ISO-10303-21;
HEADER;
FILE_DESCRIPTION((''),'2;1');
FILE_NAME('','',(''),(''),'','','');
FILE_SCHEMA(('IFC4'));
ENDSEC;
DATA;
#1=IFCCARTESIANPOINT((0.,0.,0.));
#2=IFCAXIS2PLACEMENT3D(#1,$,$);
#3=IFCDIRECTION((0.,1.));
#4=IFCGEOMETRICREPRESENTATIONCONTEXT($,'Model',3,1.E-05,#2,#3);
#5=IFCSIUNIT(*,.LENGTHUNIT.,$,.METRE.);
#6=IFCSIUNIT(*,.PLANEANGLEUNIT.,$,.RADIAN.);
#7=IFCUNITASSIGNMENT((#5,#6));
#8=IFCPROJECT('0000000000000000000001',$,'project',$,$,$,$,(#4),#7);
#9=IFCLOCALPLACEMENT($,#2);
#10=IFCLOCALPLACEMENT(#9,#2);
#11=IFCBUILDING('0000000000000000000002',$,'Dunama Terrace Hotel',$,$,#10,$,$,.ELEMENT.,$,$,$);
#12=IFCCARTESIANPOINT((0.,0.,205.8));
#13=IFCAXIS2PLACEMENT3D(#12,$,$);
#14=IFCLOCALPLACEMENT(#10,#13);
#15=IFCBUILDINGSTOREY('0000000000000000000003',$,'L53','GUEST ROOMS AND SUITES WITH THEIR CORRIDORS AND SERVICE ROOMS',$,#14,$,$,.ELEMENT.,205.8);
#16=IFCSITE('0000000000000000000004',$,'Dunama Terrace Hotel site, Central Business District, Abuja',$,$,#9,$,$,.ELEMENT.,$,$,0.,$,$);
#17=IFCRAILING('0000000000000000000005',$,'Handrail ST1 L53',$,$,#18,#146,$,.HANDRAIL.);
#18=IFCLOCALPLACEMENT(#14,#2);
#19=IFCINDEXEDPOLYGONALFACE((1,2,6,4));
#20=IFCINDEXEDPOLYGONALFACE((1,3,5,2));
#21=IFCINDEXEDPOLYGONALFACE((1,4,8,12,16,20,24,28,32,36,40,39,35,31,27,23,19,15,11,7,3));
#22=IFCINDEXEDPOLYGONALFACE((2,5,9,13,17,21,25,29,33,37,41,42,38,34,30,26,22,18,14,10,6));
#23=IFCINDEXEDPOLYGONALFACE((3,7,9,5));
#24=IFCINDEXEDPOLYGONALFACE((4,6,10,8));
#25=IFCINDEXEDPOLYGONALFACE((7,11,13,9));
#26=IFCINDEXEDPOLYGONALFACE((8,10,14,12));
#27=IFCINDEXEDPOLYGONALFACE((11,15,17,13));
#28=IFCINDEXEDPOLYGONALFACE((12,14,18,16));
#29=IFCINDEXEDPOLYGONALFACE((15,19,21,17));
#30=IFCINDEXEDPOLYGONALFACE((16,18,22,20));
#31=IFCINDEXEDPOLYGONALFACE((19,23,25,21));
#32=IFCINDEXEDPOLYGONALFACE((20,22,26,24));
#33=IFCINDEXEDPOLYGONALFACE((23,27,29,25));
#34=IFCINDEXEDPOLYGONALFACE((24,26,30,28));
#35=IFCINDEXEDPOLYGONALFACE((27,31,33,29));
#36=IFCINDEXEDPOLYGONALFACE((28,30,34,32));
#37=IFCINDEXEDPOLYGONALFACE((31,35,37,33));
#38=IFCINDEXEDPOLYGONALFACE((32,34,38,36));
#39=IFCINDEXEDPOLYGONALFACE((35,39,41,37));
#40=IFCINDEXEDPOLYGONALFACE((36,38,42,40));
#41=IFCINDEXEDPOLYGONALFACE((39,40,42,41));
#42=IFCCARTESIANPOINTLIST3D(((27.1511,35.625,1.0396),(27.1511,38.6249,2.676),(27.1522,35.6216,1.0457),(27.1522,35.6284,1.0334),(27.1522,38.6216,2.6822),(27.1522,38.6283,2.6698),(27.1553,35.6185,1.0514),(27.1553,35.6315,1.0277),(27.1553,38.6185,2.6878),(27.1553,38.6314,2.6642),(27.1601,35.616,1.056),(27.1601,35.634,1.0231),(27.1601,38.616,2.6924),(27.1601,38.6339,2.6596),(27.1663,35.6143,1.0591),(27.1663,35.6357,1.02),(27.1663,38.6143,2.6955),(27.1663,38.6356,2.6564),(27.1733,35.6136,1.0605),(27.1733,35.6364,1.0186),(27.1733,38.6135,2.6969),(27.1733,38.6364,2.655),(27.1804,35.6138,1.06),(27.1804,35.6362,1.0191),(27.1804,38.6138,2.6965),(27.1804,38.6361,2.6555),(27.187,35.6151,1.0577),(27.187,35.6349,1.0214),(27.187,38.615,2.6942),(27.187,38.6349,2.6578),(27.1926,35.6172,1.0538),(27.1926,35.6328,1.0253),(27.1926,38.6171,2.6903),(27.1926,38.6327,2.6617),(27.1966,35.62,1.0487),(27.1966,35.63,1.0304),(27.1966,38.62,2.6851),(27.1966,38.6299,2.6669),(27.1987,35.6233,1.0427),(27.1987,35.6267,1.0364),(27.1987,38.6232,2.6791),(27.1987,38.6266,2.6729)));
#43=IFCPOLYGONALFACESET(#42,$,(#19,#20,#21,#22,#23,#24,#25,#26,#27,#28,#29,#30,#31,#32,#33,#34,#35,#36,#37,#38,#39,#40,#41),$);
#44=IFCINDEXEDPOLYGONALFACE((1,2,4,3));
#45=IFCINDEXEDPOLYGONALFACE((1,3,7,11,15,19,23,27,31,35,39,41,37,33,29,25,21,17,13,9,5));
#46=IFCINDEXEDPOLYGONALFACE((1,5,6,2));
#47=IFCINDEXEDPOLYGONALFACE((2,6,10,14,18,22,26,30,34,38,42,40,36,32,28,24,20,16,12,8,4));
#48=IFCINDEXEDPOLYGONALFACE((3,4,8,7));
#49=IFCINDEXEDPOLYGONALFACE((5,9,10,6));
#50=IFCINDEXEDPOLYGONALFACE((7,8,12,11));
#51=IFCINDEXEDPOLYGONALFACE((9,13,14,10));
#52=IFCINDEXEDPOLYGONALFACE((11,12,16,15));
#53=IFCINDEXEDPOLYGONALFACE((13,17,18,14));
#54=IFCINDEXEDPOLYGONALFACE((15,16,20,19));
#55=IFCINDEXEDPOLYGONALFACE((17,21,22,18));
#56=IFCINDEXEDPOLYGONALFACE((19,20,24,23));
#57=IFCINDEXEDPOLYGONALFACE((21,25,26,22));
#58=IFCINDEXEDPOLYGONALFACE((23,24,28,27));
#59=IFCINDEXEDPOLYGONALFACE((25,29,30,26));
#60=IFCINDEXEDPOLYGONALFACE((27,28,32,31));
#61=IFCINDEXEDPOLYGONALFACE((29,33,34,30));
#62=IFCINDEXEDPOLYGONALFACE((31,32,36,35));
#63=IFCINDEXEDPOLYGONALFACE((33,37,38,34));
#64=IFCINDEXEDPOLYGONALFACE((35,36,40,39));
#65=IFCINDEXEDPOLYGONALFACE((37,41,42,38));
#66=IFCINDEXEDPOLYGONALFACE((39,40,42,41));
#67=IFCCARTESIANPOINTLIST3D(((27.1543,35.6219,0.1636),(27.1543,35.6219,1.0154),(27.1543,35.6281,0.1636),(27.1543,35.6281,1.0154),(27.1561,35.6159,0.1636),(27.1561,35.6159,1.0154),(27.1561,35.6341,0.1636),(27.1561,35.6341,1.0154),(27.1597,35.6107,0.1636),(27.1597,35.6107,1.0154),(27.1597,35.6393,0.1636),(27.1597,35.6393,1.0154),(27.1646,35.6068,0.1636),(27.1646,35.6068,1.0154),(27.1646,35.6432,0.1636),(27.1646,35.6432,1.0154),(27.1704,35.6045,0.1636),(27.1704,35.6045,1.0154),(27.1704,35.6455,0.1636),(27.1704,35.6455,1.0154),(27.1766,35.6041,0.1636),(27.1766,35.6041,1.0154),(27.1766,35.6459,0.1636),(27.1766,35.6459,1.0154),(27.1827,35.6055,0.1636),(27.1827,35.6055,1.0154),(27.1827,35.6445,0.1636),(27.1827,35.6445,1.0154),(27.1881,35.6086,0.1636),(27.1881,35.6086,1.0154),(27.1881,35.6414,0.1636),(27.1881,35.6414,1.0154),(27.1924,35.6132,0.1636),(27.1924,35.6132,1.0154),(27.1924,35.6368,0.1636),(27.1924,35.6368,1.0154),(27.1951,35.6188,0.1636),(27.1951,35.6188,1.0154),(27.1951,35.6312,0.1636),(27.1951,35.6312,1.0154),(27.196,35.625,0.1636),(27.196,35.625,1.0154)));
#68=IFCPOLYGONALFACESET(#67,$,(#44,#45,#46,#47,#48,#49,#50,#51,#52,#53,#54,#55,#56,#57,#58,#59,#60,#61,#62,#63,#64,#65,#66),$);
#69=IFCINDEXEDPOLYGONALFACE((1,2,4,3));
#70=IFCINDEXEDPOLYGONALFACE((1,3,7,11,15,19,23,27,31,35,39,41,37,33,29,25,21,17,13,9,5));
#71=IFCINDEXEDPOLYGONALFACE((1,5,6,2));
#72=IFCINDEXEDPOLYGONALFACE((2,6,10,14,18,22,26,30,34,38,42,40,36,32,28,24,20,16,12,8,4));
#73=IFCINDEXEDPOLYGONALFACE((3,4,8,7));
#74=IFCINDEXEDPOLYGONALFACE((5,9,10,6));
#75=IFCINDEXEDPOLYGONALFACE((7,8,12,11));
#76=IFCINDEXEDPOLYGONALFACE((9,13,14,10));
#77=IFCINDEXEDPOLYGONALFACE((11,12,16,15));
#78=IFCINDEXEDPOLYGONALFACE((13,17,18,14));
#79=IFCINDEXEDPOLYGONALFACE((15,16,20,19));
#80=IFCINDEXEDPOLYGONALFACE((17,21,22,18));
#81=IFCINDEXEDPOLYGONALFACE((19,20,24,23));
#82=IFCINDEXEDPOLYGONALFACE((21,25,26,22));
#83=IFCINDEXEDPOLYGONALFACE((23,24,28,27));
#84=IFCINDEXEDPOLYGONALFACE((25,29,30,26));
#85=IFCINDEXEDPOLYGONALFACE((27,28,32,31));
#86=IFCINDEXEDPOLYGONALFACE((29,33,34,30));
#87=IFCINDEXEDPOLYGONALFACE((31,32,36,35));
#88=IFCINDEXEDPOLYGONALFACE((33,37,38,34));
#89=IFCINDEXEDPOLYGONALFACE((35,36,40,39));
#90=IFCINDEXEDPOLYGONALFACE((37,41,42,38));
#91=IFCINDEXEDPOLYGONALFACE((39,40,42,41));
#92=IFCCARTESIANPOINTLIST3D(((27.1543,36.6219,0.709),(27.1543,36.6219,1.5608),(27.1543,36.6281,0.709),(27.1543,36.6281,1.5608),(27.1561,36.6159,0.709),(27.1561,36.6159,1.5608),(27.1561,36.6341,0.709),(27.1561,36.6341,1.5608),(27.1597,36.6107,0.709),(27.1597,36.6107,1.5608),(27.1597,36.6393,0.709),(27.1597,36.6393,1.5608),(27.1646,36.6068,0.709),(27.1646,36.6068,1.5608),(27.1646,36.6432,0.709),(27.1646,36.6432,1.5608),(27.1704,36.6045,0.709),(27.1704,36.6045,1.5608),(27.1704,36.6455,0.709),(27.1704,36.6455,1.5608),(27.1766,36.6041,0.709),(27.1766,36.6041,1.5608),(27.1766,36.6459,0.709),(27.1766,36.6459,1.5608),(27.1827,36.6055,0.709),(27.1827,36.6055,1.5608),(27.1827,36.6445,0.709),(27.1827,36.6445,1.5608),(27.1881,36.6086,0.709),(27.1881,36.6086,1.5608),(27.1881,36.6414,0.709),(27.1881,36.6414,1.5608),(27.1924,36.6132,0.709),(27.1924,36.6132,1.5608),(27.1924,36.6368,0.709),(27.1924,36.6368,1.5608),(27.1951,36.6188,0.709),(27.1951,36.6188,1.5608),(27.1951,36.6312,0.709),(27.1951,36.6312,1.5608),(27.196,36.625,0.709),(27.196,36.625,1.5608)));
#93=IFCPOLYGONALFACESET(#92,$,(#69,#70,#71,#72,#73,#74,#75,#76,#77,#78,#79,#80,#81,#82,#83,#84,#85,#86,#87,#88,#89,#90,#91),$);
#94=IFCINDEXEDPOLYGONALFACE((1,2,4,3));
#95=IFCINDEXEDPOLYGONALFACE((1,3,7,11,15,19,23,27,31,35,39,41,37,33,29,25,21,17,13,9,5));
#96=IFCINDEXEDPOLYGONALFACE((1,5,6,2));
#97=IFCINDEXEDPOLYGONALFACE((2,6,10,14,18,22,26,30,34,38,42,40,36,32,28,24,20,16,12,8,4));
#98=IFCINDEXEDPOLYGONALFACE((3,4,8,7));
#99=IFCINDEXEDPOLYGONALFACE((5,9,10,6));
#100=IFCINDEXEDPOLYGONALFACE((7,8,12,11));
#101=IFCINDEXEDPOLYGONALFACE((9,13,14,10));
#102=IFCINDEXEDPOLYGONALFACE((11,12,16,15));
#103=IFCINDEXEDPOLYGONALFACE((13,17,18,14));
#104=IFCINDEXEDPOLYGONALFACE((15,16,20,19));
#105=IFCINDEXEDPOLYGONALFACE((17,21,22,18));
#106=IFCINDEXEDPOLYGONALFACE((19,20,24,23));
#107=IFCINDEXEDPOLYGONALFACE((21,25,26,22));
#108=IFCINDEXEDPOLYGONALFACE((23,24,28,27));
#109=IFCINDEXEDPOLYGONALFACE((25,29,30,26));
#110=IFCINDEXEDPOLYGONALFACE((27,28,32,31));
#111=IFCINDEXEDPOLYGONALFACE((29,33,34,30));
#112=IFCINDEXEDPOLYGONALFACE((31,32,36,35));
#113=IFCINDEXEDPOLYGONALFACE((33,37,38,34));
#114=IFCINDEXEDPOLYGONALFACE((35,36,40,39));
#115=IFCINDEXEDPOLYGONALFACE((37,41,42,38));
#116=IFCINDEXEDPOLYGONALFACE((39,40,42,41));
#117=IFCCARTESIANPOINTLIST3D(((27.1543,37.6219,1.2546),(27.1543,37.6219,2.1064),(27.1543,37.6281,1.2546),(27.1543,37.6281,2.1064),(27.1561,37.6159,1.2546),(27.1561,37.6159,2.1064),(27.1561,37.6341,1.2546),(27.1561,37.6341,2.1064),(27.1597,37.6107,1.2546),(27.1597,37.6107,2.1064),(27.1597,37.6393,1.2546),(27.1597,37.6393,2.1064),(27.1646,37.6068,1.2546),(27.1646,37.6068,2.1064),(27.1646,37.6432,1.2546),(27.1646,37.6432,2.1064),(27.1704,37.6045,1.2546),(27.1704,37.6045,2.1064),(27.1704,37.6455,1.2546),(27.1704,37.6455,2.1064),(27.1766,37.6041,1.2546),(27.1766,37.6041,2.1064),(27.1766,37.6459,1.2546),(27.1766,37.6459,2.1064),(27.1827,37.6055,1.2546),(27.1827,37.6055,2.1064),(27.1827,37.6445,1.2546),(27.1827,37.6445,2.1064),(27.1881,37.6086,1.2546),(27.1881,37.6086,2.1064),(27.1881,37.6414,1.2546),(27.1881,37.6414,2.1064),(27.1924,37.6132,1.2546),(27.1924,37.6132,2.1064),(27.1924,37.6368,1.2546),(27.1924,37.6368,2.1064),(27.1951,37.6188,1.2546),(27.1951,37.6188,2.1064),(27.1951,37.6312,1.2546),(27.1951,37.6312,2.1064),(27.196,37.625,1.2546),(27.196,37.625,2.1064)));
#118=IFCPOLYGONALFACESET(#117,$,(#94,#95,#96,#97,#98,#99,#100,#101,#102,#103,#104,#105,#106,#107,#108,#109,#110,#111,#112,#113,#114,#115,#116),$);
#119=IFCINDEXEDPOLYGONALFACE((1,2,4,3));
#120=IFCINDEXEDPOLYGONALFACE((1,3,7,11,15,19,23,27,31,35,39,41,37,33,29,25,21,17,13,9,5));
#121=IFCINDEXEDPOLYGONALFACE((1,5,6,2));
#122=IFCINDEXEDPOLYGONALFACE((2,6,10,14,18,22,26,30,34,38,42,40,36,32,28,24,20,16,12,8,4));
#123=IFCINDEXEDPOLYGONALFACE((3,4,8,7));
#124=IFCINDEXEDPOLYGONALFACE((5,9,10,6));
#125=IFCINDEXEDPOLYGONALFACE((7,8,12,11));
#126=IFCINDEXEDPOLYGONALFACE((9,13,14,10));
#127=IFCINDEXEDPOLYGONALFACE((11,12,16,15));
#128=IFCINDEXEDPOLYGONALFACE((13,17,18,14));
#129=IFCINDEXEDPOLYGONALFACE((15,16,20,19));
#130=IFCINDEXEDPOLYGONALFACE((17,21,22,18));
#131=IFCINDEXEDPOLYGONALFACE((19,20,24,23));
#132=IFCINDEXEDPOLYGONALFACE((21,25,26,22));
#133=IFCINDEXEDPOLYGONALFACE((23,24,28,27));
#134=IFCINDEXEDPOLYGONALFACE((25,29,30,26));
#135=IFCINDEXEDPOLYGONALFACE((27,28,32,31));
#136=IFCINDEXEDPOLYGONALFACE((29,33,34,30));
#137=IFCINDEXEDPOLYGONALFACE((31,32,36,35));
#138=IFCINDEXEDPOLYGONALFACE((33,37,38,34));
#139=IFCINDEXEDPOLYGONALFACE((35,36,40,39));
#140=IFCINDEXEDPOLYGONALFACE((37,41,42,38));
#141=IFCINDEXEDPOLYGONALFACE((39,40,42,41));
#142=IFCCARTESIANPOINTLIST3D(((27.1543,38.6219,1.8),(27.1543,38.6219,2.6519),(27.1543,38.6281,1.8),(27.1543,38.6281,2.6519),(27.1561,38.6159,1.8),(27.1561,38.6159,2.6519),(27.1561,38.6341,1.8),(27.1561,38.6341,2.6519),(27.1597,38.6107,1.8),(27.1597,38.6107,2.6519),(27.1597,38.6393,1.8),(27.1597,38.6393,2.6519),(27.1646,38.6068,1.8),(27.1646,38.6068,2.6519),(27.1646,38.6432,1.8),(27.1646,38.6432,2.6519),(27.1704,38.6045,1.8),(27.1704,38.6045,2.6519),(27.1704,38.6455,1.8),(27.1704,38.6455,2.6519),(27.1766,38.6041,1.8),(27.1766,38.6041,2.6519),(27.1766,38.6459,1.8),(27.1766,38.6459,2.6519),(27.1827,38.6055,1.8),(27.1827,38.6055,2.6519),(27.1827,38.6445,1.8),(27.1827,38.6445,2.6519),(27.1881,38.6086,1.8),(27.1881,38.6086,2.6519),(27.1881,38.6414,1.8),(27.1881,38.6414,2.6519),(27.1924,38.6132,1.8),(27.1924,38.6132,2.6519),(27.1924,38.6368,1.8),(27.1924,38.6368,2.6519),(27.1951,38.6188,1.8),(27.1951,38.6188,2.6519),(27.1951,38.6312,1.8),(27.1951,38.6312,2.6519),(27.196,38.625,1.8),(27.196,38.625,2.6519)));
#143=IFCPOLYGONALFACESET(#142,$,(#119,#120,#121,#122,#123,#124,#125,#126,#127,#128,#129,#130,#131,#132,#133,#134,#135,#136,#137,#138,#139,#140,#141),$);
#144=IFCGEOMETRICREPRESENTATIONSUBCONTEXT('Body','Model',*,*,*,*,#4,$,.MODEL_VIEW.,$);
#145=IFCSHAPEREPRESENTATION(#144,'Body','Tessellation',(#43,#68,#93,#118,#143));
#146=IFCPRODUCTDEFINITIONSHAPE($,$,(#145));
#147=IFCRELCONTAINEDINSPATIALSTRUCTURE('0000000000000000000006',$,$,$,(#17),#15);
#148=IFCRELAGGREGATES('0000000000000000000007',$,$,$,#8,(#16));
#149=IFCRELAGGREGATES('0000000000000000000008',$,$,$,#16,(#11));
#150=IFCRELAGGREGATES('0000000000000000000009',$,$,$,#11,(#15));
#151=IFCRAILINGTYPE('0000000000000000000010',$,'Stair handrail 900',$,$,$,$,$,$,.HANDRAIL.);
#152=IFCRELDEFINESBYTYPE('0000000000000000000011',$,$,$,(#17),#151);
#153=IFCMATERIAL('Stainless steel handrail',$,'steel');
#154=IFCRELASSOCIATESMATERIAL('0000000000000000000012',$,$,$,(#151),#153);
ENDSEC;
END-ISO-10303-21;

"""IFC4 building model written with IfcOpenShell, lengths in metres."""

from ifc_helpers import new_model, si_unit, direction, frame, origin, origin_2d, place, context, subcontext, project, spatial, circle, extrude, material, type_object, element, save


model = new_model("IFC4")

# Units and contexts
model_context = context("Model", 3, precision=1e-05, world=origin(), true_north=direction((0.0, 1.0)))
body_context = subcontext(model_context, "Body", "Model", "MODEL_VIEW")
ifc_project = project(units=[si_unit("LENGTHUNIT", "METRE"), si_unit("PLANEANGLEUNIT", "RADIAN")], contexts=[model_context])

# Site, building, storey
site_placement = place(None, origin())
site = spatial("IfcSite", under=ifc_project, at=site_placement, Name="Dunama Terrace Hotel site, Central Business District, Abuja", CompositionType="ELEMENT", RefElevation=0.0)
building_placement = place(site_placement, origin())
building = spatial("IfcBuilding", under=site, at=building_placement, Name="Dunama Terrace Hotel", CompositionType="ELEMENT")
storey_placement = place(building_placement, frame((0.0, 0.0, 205.8)))
storey = spatial("IfcBuildingStorey", under=building, at=storey_placement, Name="L53", Description="GUEST ROOMS AND SUITES WITH THEIR CORRIDORS AND SERVICE ROOMS", CompositionType="ELEMENT", Elevation=205.8)

# Railing
ifc_material_1 = material(Name="Stainless steel handrail", Category="steel")
railing_type = type_object("IfcRailingType", Name="Stair handrail 900", PredefinedType="HANDRAIL", material=ifc_material_1)
railing_1_placement = place(storey_placement, frame((27.175, 35.625, 0.1636)))
element("IfcRailing", 1, at=railing_1_placement, inside=storey, type_object=railing_type, Name="Handrail ST1 L53", PredefinedType="HANDRAIL", context=body_context, shape_type="SweptSolid", body=[
    extrude(circle(Radius=0.0239, at=origin_2d()), frame((0.0, 0.0, 0.876), z_axis=(0.0, 0.877882, 0.478877), x_axis=(-1.0, 0.0, 0.0)), (0.0, 0.0, 1.0), 3.4172),
    extrude(circle(Radius=0.021, at=origin_2d()), origin(), (0.0, 0.0, 1.0), 0.8518),
    extrude(circle(Radius=0.021, at=origin_2d()), frame((0.0, 1.0, 0.5454)), (0.0, 0.0, 1.0), 0.8518),
    extrude(circle(Radius=0.021, at=origin_2d()), frame((0.0, 2.0, 1.0911)), (0.0, 0.0, 1.0), 0.8518),
    extrude(circle(Radius=0.021, at=origin_2d()), frame((0.0, 3.0, 1.6365)), (0.0, 0.0, 1.0), 0.8518),
])

save(model, "model.ifc")
